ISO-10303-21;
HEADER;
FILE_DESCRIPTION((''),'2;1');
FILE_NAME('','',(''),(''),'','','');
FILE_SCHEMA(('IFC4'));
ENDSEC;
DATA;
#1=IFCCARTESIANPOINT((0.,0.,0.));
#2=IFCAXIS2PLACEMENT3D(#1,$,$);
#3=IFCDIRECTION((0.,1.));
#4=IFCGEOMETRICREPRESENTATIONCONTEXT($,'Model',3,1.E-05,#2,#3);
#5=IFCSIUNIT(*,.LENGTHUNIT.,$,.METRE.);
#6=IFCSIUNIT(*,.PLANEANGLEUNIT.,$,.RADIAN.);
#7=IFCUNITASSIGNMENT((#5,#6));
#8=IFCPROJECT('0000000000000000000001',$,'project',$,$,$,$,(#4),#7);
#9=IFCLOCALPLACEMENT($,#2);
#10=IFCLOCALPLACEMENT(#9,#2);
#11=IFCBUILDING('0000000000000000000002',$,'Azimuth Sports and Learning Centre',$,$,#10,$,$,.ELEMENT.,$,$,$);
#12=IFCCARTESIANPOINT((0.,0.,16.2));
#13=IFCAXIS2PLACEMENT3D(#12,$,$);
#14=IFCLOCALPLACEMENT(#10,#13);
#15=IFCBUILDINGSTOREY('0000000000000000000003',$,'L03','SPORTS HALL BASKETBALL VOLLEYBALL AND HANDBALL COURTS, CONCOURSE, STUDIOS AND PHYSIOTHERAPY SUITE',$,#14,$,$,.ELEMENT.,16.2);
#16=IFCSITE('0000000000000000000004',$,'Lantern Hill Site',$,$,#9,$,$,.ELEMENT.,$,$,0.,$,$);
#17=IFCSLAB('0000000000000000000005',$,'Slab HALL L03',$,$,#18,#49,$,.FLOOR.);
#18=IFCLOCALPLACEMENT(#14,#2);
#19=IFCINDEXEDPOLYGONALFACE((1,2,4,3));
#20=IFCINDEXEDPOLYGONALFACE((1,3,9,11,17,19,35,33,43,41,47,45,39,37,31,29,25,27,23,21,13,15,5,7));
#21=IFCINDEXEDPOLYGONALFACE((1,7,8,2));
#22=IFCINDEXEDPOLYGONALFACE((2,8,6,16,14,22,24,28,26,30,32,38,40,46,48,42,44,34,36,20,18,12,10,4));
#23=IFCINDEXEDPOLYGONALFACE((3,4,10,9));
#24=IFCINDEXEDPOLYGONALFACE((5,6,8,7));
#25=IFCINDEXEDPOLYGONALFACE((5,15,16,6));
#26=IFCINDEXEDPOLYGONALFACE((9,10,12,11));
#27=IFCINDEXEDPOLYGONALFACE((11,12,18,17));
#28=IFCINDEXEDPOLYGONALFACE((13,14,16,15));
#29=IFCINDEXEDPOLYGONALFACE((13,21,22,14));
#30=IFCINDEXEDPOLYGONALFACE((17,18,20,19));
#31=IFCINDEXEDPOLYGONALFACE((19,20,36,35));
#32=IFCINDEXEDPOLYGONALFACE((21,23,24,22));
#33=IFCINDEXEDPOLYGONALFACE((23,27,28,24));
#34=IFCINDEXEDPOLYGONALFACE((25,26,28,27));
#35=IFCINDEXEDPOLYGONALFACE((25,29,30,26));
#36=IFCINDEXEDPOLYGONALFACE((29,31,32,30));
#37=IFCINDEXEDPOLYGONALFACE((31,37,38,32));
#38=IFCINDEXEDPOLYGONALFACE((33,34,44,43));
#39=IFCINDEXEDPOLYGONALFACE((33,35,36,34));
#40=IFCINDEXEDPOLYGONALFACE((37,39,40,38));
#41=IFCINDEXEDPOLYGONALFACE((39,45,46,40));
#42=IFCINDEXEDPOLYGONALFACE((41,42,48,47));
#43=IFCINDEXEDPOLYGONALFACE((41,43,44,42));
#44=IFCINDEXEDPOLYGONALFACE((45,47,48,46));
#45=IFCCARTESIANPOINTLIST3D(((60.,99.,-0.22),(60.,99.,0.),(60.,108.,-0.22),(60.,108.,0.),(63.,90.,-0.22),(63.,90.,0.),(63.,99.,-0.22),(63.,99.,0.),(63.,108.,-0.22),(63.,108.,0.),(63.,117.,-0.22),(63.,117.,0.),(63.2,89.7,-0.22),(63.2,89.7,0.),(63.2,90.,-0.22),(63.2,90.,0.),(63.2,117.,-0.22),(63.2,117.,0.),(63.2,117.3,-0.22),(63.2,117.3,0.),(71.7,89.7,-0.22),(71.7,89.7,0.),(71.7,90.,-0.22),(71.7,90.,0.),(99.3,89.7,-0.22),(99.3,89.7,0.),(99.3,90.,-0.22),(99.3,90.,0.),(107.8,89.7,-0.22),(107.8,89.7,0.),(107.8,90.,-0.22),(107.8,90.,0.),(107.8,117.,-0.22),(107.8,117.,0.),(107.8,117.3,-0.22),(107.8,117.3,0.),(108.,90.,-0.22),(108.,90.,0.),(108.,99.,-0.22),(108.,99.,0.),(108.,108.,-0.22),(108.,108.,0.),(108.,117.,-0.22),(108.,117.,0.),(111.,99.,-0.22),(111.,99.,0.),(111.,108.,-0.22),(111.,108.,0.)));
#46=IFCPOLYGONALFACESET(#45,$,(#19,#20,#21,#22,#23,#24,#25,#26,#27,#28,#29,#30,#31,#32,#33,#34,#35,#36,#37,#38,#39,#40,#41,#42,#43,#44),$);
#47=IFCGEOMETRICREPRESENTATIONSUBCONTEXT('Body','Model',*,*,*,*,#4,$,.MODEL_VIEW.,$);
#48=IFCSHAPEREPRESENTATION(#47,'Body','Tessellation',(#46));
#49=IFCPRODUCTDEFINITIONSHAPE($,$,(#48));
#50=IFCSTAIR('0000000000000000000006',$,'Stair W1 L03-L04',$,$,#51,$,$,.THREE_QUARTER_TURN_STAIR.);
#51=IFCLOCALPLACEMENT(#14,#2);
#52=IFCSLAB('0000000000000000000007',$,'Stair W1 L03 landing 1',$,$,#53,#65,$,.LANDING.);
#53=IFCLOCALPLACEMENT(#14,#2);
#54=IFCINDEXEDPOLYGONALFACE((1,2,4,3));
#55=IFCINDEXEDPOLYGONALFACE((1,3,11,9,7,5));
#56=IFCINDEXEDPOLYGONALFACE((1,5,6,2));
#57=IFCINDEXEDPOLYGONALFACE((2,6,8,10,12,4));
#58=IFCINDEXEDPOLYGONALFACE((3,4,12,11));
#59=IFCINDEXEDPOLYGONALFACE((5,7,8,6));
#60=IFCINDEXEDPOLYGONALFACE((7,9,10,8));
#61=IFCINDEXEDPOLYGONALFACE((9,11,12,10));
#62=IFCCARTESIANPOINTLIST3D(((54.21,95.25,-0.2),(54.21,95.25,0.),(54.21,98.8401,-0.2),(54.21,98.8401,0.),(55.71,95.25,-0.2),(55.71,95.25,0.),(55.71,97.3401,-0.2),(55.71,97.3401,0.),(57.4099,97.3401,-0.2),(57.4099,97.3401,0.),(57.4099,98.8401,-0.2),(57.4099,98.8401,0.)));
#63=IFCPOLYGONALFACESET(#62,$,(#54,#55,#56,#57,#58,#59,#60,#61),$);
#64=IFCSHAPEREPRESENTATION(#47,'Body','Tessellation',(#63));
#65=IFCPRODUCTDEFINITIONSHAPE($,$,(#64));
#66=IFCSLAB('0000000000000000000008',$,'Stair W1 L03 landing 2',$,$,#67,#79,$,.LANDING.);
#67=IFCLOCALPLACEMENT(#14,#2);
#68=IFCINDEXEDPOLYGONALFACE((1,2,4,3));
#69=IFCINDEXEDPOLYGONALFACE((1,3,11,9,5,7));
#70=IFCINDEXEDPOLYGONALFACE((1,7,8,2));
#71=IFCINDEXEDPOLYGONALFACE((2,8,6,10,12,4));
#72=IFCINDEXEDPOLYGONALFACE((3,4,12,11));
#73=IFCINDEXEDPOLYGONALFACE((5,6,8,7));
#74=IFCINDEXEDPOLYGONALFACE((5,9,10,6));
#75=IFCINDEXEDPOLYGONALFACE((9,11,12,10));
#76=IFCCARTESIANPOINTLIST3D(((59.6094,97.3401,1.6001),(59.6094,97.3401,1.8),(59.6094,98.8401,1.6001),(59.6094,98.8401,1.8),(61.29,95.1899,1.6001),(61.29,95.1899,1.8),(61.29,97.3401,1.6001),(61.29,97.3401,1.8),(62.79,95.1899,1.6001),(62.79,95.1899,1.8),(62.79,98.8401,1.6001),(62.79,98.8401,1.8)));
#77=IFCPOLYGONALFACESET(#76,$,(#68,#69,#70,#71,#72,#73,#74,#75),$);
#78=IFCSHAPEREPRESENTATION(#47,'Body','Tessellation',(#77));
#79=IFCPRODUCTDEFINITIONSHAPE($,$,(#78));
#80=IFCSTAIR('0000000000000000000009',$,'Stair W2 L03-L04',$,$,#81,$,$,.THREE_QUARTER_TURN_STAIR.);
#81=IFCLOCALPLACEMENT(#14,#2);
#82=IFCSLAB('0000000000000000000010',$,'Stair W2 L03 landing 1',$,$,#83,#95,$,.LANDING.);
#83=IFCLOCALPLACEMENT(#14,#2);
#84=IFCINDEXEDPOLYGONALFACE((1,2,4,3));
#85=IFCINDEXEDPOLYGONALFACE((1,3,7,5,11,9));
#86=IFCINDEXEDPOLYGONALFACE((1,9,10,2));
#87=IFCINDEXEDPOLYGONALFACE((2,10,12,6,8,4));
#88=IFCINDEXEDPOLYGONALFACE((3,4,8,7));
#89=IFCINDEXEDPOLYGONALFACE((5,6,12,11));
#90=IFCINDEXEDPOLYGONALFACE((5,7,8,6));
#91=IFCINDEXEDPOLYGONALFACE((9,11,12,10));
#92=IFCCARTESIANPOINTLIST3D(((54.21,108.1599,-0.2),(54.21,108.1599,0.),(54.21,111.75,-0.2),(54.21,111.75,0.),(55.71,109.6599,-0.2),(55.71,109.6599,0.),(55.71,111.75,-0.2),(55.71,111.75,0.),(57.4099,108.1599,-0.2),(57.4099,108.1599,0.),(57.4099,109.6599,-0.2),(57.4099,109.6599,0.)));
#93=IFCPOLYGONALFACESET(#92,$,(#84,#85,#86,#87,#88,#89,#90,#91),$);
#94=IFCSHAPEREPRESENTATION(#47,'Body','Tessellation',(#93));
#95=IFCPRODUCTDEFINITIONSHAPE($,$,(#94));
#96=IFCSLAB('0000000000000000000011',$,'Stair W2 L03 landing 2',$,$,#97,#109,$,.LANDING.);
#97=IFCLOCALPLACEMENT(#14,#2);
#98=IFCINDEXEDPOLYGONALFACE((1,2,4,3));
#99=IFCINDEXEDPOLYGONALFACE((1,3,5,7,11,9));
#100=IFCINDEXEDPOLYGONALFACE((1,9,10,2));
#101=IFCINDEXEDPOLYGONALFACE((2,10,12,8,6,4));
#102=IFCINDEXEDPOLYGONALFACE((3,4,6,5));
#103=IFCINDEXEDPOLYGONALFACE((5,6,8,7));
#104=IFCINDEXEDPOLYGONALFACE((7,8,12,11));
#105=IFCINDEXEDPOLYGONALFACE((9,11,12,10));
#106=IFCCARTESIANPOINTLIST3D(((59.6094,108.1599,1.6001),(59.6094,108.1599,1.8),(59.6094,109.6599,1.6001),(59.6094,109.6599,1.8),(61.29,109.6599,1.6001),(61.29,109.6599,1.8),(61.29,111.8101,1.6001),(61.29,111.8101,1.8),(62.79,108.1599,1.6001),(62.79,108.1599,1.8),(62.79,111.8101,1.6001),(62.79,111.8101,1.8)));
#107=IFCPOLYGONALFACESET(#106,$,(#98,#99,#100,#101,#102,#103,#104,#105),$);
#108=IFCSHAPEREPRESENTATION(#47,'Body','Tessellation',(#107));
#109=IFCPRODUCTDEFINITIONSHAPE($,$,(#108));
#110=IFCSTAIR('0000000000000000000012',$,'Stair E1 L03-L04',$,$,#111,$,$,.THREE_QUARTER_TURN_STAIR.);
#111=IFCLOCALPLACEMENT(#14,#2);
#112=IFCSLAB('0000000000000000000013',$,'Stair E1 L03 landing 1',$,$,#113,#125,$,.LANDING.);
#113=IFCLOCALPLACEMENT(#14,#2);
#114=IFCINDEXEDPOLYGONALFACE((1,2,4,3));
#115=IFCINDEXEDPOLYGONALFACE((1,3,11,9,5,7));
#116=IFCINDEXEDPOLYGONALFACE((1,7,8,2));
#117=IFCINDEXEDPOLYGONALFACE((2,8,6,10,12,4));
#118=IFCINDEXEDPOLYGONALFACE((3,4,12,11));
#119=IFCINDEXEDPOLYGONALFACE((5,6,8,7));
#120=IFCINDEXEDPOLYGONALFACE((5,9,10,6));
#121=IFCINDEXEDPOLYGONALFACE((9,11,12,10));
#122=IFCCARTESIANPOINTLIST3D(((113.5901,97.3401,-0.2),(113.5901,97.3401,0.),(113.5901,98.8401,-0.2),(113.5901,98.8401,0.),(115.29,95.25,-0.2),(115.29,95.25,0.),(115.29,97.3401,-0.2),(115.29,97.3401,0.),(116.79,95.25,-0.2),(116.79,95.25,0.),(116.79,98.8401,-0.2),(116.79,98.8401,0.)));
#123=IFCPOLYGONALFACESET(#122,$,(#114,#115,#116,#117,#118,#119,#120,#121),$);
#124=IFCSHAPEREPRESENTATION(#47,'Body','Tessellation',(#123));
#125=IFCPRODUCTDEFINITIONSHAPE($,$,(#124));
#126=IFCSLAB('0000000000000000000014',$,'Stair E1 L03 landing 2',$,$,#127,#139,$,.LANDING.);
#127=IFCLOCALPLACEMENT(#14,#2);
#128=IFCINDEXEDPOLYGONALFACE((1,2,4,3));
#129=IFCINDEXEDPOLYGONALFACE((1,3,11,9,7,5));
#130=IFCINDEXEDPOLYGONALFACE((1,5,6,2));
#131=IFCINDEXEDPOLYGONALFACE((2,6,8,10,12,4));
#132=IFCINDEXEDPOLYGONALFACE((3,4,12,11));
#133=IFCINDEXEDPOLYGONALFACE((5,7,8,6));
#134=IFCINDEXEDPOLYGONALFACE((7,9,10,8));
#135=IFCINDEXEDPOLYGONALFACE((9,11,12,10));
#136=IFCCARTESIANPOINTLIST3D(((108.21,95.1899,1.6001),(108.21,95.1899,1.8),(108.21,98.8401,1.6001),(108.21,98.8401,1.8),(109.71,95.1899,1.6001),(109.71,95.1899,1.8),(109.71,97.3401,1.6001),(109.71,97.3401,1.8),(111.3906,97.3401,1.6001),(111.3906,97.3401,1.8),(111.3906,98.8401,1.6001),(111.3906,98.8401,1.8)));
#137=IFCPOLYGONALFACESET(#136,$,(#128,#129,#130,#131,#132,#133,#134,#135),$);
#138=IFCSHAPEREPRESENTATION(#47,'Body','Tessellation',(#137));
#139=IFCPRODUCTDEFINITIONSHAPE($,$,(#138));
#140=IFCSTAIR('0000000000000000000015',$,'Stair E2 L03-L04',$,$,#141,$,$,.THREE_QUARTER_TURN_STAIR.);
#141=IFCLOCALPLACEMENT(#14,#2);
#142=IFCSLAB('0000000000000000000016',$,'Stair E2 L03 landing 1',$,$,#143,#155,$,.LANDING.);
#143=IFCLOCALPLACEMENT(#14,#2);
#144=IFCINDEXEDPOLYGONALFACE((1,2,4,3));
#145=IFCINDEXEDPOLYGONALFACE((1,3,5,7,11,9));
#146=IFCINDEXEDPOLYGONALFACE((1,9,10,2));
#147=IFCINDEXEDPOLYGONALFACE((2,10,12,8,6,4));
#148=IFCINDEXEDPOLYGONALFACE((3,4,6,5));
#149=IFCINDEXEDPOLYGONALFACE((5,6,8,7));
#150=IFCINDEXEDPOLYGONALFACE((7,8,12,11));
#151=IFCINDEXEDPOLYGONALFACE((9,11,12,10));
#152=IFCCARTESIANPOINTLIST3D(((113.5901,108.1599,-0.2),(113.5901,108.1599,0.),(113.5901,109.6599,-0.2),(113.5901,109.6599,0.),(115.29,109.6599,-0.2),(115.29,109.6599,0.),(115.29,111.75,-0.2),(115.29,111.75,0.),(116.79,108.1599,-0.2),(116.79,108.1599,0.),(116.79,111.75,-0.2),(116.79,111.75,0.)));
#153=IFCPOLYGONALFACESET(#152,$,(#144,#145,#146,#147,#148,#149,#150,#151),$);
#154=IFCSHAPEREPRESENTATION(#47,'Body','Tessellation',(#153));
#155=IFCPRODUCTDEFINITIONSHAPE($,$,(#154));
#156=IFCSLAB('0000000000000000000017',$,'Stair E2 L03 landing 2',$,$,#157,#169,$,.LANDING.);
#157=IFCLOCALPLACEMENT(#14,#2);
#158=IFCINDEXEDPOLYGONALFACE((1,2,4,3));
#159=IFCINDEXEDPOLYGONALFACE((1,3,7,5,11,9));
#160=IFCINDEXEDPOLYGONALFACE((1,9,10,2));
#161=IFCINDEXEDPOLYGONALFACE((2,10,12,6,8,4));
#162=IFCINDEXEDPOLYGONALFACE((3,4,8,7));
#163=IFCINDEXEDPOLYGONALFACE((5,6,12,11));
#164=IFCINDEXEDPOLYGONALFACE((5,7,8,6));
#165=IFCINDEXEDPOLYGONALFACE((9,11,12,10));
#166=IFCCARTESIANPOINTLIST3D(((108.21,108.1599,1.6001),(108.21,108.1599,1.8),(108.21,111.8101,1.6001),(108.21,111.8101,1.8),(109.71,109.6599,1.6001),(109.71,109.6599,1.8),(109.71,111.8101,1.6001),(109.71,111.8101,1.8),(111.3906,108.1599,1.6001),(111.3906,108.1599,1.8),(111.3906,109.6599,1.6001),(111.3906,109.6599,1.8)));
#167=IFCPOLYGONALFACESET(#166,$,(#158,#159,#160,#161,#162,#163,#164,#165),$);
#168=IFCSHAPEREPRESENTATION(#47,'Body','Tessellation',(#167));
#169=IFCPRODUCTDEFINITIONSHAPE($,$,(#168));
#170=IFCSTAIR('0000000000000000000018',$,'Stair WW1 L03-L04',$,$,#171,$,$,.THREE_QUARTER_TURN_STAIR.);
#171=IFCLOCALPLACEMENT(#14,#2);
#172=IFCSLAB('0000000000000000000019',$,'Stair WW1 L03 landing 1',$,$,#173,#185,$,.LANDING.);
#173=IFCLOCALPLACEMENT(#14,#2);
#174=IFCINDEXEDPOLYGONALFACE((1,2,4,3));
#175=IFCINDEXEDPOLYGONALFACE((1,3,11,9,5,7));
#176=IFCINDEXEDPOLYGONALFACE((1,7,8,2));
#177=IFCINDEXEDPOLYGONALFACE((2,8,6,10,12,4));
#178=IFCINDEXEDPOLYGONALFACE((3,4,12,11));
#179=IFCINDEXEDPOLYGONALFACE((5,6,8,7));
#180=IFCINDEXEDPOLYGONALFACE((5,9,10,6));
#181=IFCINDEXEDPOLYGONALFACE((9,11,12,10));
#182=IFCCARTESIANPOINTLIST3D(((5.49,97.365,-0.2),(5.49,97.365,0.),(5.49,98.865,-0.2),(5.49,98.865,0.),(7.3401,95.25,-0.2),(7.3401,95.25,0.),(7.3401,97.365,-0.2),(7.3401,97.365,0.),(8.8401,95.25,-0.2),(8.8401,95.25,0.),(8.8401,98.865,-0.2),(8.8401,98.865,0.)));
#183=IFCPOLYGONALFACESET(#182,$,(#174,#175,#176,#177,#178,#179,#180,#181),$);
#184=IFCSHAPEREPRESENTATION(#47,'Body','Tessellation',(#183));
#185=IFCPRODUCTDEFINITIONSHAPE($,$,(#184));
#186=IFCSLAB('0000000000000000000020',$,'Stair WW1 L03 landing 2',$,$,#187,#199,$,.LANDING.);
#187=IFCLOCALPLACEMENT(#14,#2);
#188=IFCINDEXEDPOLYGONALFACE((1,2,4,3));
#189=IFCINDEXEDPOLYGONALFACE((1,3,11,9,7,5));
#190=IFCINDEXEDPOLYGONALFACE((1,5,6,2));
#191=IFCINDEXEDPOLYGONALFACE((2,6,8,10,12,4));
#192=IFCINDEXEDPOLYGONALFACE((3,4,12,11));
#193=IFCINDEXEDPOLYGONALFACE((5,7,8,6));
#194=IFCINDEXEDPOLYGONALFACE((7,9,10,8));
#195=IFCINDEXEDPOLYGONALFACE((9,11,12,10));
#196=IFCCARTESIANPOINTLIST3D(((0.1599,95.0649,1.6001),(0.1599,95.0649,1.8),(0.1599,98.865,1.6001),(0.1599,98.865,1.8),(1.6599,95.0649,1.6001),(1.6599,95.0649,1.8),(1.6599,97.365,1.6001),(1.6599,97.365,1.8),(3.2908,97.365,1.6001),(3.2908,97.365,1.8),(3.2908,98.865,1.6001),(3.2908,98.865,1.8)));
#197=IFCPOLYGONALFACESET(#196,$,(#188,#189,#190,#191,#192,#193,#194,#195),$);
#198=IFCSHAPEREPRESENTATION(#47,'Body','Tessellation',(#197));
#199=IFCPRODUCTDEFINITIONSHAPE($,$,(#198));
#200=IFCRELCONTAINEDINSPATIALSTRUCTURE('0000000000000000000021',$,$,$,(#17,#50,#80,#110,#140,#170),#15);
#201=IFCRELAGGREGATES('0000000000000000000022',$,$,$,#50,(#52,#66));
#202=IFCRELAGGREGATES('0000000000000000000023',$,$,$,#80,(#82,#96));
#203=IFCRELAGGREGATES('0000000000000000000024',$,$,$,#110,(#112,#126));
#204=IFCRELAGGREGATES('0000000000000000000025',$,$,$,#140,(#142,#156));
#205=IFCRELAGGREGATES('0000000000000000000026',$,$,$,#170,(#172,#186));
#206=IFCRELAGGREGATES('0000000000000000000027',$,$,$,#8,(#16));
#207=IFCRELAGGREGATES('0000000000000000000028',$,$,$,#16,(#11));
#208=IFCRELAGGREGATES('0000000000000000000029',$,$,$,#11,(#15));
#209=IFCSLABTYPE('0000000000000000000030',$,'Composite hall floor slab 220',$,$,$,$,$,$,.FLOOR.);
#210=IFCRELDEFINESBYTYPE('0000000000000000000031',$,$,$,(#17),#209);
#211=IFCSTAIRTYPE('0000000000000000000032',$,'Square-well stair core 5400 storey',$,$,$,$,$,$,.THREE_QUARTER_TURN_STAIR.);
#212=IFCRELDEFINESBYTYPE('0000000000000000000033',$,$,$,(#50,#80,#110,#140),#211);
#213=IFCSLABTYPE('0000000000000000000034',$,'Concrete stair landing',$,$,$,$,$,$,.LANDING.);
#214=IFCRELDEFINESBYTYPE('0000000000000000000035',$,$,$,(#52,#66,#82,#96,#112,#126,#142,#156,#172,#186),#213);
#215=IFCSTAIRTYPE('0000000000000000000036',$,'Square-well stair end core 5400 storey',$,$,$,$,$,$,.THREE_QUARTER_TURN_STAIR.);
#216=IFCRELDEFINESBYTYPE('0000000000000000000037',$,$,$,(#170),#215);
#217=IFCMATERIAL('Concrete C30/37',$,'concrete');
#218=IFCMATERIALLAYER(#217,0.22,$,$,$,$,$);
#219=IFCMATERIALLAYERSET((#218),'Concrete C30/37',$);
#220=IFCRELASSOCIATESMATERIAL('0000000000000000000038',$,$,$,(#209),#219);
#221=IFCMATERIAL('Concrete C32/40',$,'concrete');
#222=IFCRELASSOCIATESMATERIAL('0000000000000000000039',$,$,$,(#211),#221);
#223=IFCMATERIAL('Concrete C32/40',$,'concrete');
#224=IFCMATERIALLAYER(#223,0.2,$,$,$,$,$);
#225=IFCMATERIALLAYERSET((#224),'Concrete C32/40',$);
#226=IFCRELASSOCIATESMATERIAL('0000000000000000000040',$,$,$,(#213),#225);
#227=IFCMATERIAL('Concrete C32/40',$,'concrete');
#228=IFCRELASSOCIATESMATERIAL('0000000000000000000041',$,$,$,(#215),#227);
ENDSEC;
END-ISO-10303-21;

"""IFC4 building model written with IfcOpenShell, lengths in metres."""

from ifc_helpers import new_model, si_unit, direction, frame, origin, place, context, subcontext, project, spatial, polyline, outline, extrude, material, layer, layer_set, type_object, element, aggregate, save


model = new_model("IFC4")

# Units and contexts
model_context = context("Model", 3, precision=1e-05, world=origin(), true_north=direction((0.0, 1.0)))
body_context = subcontext(model_context, "Body", "Model", "MODEL_VIEW")
ifc_project = project(units=[si_unit("LENGTHUNIT", "METRE"), si_unit("PLANEANGLEUNIT", "RADIAN")], contexts=[model_context])

# Site, building, storey
site_placement = place(None, origin())
site = spatial("IfcSite", under=ifc_project, at=site_placement, Name="Lantern Hill Site", CompositionType="ELEMENT", RefElevation=0.0)
building_placement = place(site_placement, origin())
building = spatial("IfcBuilding", under=site, at=building_placement, Name="Azimuth Sports and Learning Centre", CompositionType="ELEMENT")
storey_placement = place(building_placement, frame((0.0, 0.0, 16.2)))
storey = spatial("IfcBuildingStorey", under=building, at=storey_placement, Name="L03", Description="SPORTS HALL BASKETBALL VOLLEYBALL AND HANDBALL COURTS, CONCOURSE, STUDIOS AND PHYSIOTHERAPY SUITE", CompositionType="ELEMENT", Elevation=16.2)

# Slab
ifc_material_1 = material(Name="Concrete C30/37", Category="concrete")
ifc_layer_1 = layer(ifc_material_1, 0.22)
ifc_layer_set_1 = layer_set([ifc_layer_1], Name="Concrete C30/37")
slab_type_1 = type_object("IfcSlabType", Name="Composite hall floor slab 220", PredefinedType="FLOOR", material=ifc_layer_set_1)
slab_1_placement = place(storey_placement, frame((0.0, 0.0, -0.22)))
element("IfcSlab", 1, at=slab_1_placement, inside=storey, type_object=slab_type_1, Name="Slab HALL L03", PredefinedType="FLOOR", context=body_context, shape_type="SweptSolid", body=[
    extrude(outline(polyline([(63.2, 89.7), (71.7, 89.7), (71.7, 90.0), (99.3, 90.0), (99.3, 89.7), (107.8, 89.7), (107.8, 90.0), (108.0, 90.0), (108.0, 99.0), (111.0, 99.0), (111.0, 108.0), (108.0, 108.0), (108.0, 117.0), (107.8, 117.0), (107.8, 117.3), (63.2, 117.3), (63.2, 117.0), (63.0, 117.0), (63.0, 108.0), (60.0, 108.0), (60.0, 99.0), (63.0, 99.0), (63.0, 90.0), (63.2, 90.0), (63.2, 89.7)])), origin(), (0.0, 0.0, 1.0), 0.22),
])

# Stairs, slabs
ifc_material_2 = material(Name="Concrete C32/40", Category="concrete")
stair_type_1 = type_object("IfcStairType", Name="Square-well stair core 5400 storey", PredefinedType="THREE_QUARTER_TURN_STAIR", material=ifc_material_2)
stair_1_placement = place(storey_placement, origin())
stair_1 = element("IfcStair", 2, at=stair_1_placement, inside=storey, type_object=stair_type_1, Name="Stair W1 L03-L04", PredefinedType="THREE_QUARTER_TURN_STAIR")
ifc_material_3 = material(Name="Concrete C32/40", Category="concrete")
ifc_layer_2 = layer(ifc_material_3, 0.2)
ifc_layer_set_2 = layer_set([ifc_layer_2], Name="Concrete C32/40")
slab_type_2 = type_object("IfcSlabType", Name="Concrete stair landing", PredefinedType="LANDING", material=ifc_layer_set_2)
slab_2_placement = place(storey_placement, frame((0.0, 0.0, -0.2)))
slab_2 = element("IfcSlab", 3, at=slab_2_placement, type_object=slab_type_2, Name="Stair W1 L03 landing 1", PredefinedType="LANDING", context=body_context, shape_type="SweptSolid", body=[
    extrude(outline(polyline([(54.21, 98.8401), (54.21, 95.25), (55.71, 95.25), (55.71, 97.3401), (57.4099, 97.3401), (57.4099, 98.8401), (54.21, 98.8401)])), origin(), (0.0, 0.0, 1.0), 0.2),
])
slab_3_placement = place(storey_placement, frame((0.0, 0.0, 1.6001)))
slab_3 = element("IfcSlab", 4, at=slab_3_placement, type_object=slab_type_2, Name="Stair W1 L03 landing 2", PredefinedType="LANDING", context=body_context, shape_type="SweptSolid", body=[
    extrude(outline(polyline([(61.29, 97.3401), (61.29, 95.1899), (62.79, 95.1899), (62.79, 98.8401), (59.6094, 98.8401), (59.6094, 97.3401), (61.29, 97.3401)])), origin(), (0.0, 0.0, 1.0), 0.2),
])
aggregate(stair_1, [slab_2, slab_3])
stair_2_placement = place(storey_placement, origin())
stair_2 = element("IfcStair", 5, at=stair_2_placement, inside=storey, type_object=stair_type_1, Name="Stair W2 L03-L04", PredefinedType="THREE_QUARTER_TURN_STAIR")
slab_4_placement = place(storey_placement, frame((0.0, 0.0, -0.2)))
slab_4 = element("IfcSlab", 6, at=slab_4_placement, type_object=slab_type_2, Name="Stair W2 L03 landing 1", PredefinedType="LANDING", context=body_context, shape_type="SweptSolid", body=[
    extrude(outline(polyline([(57.4099, 109.6599), (55.71, 109.6599), (55.71, 111.75), (54.21, 111.75), (54.21, 108.1599), (57.4099, 108.1599), (57.4099, 109.6599)])), origin(), (0.0, 0.0, 1.0), 0.2),
])
slab_5_placement = place(storey_placement, frame((0.0, 0.0, 1.6001)))
slab_5 = element("IfcSlab", 7, at=slab_5_placement, type_object=slab_type_2, Name="Stair W2 L03 landing 2", PredefinedType="LANDING", context=body_context, shape_type="SweptSolid", body=[
    extrude(outline(polyline([(61.29, 109.6599), (59.6094, 109.6599), (59.6094, 108.1599), (62.79, 108.1599), (62.79, 111.8101), (61.29, 111.8101), (61.29, 109.6599)])), origin(), (0.0, 0.0, 1.0), 0.2),
])
aggregate(stair_2, [slab_4, slab_5])
stair_3_placement = place(storey_placement, origin())
stair_3 = element("IfcStair", 8, at=stair_3_placement, inside=storey, type_object=stair_type_1, Name="Stair E1 L03-L04", PredefinedType="THREE_QUARTER_TURN_STAIR")
slab_6_placement = place(storey_placement, frame((0.0, 0.0, -0.2)))
slab_6 = element("IfcSlab", 9, at=slab_6_placement, type_object=slab_type_2, Name="Stair E1 L03 landing 1", PredefinedType="LANDING", context=body_context, shape_type="SweptSolid", body=[
    extrude(outline(polyline([(113.5901, 97.3401), (115.29, 97.3401), (115.29, 95.25), (116.79, 95.25), (116.79, 98.8401), (113.5901, 98.8401), (113.5901, 97.3401)])), origin(), (0.0, 0.0, 1.0), 0.2),
])
slab_7_placement = place(storey_placement, frame((0.0, 0.0, 1.6001)))
slab_7 = element("IfcSlab", 10, at=slab_7_placement, type_object=slab_type_2, Name="Stair E1 L03 landing 2", PredefinedType="LANDING", context=body_context, shape_type="SweptSolid", body=[
    extrude(outline(polyline([(109.71, 97.3401), (111.3906, 97.3401), (111.3906, 98.8401), (108.21, 98.8401), (108.21, 95.1899), (109.71, 95.1899), (109.71, 97.3401)])), origin(), (0.0, 0.0, 1.0), 0.2),
])
aggregate(stair_3, [slab_6, slab_7])
stair_4_placement = place(storey_placement, origin())
stair_4 = element("IfcStair", 11, at=stair_4_placement, inside=storey, type_object=stair_type_1, Name="Stair E2 L03-L04", PredefinedType="THREE_QUARTER_TURN_STAIR")
slab_8_placement = place(storey_placement, frame((0.0, 0.0, -0.2)))
slab_8 = element("IfcSlab", 12, at=slab_8_placement, type_object=slab_type_2, Name="Stair E2 L03 landing 1", PredefinedType="LANDING", context=body_context, shape_type="SweptSolid", body=[
    extrude(outline(polyline([(116.79, 108.1599), (116.79, 111.75), (115.29, 111.75), (115.29, 109.6599), (113.5901, 109.6599), (113.5901, 108.1599), (116.79, 108.1599)])), origin(), (0.0, 0.0, 1.0), 0.2),
])
slab_9_placement = place(storey_placement, frame((0.0, 0.0, 1.6001)))
slab_9 = element("IfcSlab", 13, at=slab_9_placement, type_object=slab_type_2, Name="Stair E2 L03 landing 2", PredefinedType="LANDING", context=body_context, shape_type="SweptSolid", body=[
    extrude(outline(polyline([(109.71, 109.6599), (109.71, 111.8101), (108.21, 111.8101), (108.21, 108.1599), (111.3906, 108.1599), (111.3906, 109.6599), (109.71, 109.6599)])), origin(), (0.0, 0.0, 1.0), 0.2),
])
aggregate(stair_4, [slab_8, slab_9])
ifc_material_4 = material(Name="Concrete C32/40", Category="concrete")
stair_type_2 = type_object("IfcStairType", Name="Square-well stair end core 5400 storey", PredefinedType="THREE_QUARTER_TURN_STAIR", material=ifc_material_4)
stair_5_placement = place(storey_placement, origin())
stair_5 = element("IfcStair", 14, at=stair_5_placement, inside=storey, type_object=stair_type_2, Name="Stair WW1 L03-L04", PredefinedType="THREE_QUARTER_TURN_STAIR")
slab_10_placement = place(storey_placement, frame((0.0, 0.0, -0.2)))
slab_10 = element("IfcSlab", 15, at=slab_10_placement, type_object=slab_type_2, Name="Stair WW1 L03 landing 1", PredefinedType="LANDING", context=body_context, shape_type="SweptSolid", body=[
    extrude(outline(polyline([(5.49, 97.365), (7.3401, 97.365), (7.3401, 95.25), (8.8401, 95.25), (8.8401, 98.865), (5.49, 98.865), (5.49, 97.365)])), origin(), (0.0, 0.0, 1.0), 0.2),
])
slab_11_placement = place(storey_placement, frame((0.0, 0.0, 1.6001)))
slab_11 = element("IfcSlab", 16, at=slab_11_placement, type_object=slab_type_2, Name="Stair WW1 L03 landing 2", PredefinedType="LANDING", context=body_context, shape_type="SweptSolid", body=[
    extrude(outline(polyline([(1.6599, 97.365), (3.2908, 97.365), (3.2908, 98.865), (0.1599, 98.865), (0.1599, 95.0649), (1.6599, 95.0649), (1.6599, 97.365)])), origin(), (0.0, 0.0, 1.0), 0.2),
])
aggregate(stair_5, [slab_10, slab_11])

save(model, "model.ifc")
